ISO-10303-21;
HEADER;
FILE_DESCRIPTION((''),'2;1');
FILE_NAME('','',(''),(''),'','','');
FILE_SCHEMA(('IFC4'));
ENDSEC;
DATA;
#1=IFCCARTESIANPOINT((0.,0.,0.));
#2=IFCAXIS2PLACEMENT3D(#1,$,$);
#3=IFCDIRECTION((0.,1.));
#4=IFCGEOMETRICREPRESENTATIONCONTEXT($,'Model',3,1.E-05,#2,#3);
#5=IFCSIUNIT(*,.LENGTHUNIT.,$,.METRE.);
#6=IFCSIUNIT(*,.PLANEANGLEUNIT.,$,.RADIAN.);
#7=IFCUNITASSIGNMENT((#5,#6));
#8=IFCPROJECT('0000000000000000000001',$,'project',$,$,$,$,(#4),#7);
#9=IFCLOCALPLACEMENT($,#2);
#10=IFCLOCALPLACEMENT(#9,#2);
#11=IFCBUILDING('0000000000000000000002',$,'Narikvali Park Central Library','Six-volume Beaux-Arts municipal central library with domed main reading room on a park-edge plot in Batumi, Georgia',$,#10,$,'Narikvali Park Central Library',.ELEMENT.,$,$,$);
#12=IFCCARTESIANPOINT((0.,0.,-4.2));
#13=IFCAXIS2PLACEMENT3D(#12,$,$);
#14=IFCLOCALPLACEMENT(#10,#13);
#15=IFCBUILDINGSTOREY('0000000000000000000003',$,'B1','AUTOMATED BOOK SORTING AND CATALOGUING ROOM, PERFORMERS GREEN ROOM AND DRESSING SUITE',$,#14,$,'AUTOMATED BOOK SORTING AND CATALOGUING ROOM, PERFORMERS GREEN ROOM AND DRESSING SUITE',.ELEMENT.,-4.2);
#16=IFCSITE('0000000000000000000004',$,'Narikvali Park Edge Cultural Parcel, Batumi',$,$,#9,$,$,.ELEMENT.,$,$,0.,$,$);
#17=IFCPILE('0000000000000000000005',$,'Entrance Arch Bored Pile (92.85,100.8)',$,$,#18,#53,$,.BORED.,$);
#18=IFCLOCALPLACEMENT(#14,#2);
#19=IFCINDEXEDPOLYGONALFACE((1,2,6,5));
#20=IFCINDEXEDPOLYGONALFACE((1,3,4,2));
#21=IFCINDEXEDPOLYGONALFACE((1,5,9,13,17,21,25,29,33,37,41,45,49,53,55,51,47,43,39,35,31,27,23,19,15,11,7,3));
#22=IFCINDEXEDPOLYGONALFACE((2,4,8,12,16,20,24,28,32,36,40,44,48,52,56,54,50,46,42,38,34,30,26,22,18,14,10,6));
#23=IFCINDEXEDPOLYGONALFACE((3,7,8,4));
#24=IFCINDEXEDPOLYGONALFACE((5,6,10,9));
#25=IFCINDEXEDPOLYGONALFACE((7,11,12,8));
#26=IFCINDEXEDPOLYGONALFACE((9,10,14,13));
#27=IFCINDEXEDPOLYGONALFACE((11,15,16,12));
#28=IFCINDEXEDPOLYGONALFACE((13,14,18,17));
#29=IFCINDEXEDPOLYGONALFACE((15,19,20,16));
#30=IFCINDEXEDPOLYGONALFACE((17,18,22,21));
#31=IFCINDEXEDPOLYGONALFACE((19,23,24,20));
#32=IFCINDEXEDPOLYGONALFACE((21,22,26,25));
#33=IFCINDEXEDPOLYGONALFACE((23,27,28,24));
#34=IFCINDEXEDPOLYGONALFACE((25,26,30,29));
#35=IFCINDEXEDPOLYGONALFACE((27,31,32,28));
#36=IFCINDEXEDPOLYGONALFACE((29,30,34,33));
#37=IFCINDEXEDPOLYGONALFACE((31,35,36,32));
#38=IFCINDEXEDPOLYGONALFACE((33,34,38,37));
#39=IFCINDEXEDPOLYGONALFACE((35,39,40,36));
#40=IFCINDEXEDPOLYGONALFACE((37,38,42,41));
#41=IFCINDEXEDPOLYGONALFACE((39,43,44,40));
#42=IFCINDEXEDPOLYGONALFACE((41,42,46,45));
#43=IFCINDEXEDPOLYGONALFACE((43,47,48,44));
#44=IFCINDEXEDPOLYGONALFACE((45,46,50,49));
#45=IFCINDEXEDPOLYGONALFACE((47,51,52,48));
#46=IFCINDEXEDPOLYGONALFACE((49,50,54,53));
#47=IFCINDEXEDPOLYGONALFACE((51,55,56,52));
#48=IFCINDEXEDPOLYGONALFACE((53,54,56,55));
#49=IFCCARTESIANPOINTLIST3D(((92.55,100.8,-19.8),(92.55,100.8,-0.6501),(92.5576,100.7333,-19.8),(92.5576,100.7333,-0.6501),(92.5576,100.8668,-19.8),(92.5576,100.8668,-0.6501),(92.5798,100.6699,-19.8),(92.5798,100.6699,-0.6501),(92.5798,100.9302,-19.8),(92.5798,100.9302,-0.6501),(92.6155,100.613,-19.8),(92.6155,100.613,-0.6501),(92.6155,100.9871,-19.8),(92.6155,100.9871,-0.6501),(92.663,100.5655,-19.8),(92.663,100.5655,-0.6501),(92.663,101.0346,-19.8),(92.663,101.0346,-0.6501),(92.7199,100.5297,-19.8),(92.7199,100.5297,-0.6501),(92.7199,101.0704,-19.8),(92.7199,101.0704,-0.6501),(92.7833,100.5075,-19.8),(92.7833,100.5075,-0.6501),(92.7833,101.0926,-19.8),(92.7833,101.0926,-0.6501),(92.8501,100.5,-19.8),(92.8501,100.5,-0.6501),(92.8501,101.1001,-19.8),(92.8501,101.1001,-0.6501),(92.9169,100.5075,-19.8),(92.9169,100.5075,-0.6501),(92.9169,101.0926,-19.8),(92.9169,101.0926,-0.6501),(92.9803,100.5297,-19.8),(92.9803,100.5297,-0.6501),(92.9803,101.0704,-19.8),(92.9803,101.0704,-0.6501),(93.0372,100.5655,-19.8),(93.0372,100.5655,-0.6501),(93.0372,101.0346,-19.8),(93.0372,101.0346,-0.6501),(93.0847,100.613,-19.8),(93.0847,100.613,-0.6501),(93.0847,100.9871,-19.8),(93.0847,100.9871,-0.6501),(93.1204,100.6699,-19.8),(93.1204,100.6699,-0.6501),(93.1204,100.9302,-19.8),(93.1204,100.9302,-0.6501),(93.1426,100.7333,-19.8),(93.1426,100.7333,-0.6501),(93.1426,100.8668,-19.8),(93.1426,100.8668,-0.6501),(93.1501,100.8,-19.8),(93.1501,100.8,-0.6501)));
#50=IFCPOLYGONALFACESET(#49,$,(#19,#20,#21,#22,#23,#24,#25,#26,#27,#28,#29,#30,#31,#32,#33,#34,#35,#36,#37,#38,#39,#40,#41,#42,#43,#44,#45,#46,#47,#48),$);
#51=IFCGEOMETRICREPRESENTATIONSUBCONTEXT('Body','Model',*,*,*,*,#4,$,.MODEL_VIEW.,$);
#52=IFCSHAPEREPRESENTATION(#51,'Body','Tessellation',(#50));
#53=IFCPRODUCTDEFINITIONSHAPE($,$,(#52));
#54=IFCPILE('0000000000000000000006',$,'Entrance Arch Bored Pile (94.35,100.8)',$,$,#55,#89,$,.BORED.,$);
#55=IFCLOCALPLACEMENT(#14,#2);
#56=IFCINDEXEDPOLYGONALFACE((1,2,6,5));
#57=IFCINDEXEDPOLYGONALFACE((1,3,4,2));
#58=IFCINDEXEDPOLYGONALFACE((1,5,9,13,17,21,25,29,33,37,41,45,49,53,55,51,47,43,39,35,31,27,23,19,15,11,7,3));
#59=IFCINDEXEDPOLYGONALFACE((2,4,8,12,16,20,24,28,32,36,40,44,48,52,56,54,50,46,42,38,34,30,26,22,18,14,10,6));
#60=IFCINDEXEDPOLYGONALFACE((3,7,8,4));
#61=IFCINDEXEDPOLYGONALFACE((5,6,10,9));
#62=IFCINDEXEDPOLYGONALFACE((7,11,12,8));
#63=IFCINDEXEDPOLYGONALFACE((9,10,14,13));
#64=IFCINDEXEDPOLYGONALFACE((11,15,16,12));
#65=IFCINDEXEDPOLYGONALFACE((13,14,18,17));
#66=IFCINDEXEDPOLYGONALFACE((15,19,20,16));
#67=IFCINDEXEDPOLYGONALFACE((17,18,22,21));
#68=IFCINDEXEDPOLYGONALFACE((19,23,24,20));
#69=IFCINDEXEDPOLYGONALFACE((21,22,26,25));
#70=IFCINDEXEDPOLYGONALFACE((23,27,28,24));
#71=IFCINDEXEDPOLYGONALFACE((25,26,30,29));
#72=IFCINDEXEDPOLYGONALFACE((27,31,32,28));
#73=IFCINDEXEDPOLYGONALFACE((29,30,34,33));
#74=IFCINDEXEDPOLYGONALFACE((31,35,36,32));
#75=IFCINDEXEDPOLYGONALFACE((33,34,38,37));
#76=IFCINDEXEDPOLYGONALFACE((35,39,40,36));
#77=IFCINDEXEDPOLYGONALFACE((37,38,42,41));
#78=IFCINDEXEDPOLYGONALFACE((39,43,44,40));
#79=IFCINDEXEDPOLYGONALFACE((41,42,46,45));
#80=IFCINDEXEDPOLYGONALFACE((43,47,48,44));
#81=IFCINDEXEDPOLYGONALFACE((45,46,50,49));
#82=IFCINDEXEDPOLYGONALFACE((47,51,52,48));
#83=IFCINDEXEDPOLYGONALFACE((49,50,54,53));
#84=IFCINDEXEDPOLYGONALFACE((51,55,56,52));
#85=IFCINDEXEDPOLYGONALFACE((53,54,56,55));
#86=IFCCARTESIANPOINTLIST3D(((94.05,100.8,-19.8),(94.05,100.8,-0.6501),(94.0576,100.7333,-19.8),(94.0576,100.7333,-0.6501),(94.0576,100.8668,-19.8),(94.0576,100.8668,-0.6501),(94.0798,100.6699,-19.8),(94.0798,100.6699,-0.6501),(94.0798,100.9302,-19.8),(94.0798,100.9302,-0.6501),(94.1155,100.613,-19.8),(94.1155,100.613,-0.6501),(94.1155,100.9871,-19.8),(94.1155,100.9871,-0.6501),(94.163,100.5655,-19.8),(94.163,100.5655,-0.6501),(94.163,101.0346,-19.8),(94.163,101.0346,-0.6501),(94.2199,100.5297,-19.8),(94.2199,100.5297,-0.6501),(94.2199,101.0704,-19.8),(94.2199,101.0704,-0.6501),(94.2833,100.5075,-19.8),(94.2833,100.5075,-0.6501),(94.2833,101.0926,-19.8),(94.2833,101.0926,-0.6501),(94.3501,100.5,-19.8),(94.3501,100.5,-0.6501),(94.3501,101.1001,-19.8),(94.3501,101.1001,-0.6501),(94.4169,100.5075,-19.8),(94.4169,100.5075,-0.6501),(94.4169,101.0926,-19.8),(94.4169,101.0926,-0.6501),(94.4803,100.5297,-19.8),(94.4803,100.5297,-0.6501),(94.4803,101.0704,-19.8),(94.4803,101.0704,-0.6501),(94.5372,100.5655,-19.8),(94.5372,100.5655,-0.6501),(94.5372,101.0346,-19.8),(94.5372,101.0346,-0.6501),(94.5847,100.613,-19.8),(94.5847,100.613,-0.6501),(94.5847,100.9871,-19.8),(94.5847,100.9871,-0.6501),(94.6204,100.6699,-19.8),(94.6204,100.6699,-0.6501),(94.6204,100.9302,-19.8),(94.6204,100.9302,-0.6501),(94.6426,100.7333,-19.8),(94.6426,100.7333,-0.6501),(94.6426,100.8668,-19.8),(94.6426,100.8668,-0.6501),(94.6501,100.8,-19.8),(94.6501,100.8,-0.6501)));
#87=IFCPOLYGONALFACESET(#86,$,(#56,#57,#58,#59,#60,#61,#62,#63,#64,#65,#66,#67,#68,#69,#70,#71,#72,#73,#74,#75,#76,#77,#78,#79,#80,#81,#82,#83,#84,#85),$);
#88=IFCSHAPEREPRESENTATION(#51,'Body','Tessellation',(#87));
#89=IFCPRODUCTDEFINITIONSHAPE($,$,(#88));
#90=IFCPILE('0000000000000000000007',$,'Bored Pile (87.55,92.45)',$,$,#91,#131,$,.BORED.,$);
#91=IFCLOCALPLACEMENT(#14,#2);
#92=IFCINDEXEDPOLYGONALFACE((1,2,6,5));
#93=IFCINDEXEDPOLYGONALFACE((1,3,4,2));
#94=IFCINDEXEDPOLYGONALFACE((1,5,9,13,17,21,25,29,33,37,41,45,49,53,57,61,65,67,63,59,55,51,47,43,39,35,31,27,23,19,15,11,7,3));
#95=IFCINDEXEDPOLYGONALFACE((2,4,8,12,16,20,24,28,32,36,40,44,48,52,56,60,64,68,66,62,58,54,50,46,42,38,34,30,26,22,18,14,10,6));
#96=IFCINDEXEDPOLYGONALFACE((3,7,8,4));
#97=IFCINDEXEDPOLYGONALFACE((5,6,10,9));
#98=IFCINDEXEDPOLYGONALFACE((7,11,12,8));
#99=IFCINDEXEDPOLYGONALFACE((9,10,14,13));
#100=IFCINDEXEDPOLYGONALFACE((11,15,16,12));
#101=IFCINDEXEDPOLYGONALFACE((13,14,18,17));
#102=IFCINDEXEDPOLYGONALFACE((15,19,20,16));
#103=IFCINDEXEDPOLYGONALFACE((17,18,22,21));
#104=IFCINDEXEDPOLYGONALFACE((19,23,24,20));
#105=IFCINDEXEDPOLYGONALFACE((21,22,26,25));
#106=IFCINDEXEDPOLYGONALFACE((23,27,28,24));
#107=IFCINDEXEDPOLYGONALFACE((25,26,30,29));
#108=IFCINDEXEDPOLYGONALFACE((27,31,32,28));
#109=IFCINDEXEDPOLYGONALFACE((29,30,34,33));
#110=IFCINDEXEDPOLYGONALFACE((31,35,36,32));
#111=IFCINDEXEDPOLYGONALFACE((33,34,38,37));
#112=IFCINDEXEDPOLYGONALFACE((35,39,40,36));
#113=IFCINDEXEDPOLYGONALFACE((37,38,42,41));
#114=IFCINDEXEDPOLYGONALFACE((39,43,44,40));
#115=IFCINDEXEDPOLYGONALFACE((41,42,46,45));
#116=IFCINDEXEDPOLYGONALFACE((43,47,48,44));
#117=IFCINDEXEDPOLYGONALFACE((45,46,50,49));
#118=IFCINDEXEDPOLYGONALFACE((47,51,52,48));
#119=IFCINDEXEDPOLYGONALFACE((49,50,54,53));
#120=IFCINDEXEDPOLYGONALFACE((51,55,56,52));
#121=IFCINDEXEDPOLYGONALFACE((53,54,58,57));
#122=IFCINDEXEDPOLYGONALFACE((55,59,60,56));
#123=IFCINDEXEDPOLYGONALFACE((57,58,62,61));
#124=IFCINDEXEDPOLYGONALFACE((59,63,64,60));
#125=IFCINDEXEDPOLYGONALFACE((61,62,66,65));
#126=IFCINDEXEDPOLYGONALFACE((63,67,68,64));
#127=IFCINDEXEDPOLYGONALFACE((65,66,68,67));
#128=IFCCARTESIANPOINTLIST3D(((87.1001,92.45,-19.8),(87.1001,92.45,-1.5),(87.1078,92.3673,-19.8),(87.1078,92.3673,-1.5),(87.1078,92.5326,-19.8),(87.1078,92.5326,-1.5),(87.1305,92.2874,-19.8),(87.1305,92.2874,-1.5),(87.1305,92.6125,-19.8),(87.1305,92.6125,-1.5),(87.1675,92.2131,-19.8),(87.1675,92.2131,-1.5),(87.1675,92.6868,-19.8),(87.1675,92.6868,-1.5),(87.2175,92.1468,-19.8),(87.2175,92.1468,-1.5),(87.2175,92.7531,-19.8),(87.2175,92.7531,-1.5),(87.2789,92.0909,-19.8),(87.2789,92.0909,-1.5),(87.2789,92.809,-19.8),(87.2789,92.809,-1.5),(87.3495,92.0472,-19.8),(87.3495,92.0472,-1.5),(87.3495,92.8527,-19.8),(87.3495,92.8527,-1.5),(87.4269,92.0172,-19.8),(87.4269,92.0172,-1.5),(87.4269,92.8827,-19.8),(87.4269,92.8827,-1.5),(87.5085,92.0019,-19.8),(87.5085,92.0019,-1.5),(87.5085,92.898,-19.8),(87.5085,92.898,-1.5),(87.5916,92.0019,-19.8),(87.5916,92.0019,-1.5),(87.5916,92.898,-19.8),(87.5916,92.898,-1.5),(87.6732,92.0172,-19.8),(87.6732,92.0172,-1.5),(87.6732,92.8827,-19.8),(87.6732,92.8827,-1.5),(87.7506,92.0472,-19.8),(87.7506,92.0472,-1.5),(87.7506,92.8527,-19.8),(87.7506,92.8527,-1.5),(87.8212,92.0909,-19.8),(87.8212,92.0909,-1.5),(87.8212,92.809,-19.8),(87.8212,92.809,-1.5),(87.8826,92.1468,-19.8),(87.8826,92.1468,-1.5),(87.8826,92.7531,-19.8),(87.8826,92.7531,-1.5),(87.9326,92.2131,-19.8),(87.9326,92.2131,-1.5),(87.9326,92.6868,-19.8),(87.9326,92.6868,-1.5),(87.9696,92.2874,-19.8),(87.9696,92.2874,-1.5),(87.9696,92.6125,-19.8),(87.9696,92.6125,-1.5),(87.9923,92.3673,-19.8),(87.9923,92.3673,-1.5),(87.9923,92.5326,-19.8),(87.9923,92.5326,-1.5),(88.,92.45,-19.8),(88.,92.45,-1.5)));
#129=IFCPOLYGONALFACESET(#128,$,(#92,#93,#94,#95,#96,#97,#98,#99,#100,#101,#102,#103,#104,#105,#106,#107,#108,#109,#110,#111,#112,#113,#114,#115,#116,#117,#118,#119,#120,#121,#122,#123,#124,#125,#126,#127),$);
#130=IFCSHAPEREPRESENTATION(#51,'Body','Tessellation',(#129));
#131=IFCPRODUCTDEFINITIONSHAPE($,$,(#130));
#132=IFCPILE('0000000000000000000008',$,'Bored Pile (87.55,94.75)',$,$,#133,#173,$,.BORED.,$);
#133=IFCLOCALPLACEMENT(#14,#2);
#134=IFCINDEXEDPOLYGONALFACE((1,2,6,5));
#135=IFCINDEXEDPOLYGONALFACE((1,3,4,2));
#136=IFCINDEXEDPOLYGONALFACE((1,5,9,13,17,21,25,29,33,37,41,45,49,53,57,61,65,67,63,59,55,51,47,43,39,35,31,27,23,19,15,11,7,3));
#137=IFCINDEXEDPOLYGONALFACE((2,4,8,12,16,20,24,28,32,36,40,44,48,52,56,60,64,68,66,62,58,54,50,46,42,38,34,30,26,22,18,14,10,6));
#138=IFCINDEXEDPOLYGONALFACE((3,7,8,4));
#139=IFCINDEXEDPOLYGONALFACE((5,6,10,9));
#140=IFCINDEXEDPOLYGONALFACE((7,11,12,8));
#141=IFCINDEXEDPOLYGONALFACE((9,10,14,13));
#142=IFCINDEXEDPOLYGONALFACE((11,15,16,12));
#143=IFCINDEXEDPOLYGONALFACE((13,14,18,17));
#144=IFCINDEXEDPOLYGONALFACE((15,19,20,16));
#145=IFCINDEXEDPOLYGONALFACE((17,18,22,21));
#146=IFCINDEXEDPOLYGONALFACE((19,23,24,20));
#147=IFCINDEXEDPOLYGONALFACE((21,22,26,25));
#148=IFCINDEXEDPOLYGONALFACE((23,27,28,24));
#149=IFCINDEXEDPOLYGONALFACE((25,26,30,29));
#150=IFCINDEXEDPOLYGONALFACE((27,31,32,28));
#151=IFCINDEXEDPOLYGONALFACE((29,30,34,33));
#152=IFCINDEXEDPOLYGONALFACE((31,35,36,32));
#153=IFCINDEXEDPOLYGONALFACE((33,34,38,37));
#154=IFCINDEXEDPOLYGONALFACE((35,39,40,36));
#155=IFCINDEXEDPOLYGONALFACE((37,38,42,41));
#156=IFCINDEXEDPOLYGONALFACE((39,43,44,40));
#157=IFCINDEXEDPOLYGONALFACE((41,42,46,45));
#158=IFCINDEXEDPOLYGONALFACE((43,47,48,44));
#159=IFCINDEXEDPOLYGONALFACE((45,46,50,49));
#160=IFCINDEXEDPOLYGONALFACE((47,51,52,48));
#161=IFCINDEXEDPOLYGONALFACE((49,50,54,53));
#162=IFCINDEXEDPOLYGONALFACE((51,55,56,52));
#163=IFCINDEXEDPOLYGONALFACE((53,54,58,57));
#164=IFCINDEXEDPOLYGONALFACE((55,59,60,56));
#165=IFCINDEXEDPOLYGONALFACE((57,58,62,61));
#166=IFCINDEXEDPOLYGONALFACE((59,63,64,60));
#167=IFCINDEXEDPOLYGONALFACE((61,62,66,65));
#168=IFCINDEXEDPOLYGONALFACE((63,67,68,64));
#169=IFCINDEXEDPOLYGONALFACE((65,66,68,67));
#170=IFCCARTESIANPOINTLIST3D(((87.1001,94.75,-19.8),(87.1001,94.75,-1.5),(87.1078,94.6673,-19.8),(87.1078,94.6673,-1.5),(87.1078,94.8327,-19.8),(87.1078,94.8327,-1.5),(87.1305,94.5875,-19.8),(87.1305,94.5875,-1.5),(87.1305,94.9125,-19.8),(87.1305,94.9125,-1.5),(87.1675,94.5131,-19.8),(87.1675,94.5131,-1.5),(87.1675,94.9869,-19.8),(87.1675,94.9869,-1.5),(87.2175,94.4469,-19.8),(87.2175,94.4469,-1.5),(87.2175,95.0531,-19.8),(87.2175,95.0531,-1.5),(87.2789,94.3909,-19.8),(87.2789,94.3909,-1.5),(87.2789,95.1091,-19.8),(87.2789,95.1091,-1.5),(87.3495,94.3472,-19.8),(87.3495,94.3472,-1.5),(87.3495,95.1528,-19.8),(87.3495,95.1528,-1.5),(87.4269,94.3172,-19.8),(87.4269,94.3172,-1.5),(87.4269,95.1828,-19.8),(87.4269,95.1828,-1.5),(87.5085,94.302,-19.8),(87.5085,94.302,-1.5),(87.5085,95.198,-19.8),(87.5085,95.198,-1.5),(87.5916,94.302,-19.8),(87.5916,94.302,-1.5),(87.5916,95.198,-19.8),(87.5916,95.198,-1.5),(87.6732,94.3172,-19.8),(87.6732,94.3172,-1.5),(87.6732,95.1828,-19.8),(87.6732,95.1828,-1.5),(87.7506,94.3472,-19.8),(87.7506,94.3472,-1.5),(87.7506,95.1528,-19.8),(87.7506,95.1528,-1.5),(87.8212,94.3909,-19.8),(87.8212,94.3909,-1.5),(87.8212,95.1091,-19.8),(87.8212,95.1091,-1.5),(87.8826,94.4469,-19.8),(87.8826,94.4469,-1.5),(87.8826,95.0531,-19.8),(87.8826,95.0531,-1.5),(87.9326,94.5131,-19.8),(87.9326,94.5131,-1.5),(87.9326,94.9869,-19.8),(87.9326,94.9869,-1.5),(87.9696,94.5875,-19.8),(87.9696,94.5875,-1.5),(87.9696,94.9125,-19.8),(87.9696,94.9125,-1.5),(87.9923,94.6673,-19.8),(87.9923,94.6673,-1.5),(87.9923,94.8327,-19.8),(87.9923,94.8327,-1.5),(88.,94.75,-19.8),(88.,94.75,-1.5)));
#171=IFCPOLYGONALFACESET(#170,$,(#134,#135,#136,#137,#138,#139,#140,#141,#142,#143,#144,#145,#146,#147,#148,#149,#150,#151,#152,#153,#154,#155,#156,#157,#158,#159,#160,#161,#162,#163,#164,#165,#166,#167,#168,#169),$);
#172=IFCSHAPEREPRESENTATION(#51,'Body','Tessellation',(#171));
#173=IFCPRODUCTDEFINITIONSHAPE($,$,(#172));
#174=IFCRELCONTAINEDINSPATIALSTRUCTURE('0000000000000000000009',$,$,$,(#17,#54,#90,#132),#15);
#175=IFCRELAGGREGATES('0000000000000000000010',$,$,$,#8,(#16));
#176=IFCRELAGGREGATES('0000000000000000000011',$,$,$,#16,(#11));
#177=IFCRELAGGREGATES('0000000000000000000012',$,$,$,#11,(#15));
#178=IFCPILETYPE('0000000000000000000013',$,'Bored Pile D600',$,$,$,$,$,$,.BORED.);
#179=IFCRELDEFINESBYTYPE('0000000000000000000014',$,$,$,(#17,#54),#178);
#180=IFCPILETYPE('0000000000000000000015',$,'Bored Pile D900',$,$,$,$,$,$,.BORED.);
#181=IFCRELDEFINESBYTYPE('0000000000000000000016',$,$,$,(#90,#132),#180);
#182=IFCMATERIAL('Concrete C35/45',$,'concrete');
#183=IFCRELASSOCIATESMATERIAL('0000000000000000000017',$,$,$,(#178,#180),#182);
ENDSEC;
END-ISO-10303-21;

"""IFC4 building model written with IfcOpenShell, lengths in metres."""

from ifc_helpers import new_model, si_unit, direction, frame, origin, origin_2d, place, context, subcontext, project, spatial, circle, extrude, material, material_profile, profile_set, type_object, element, save


model = new_model("IFC4")

# Units and contexts
model_context = context("Model", 3, precision=1e-05, world=origin(), true_north=direction((0.0, 1.0)))
body_context = subcontext(model_context, "Body", "Model", "MODEL_VIEW")
ifc_project = project(units=[si_unit("LENGTHUNIT", "METRE"), si_unit("PLANEANGLEUNIT", "RADIAN")], contexts=[model_context])

# Site, building, storey
site_placement = place(None, origin())
site = spatial("IfcSite", under=ifc_project, at=site_placement, Name="Narikvali Park Edge Cultural Parcel, Batumi", CompositionType="ELEMENT", RefElevation=0.0)
building_placement = place(site_placement, origin())
building = spatial("IfcBuilding", under=site, at=building_placement, Name="Narikvali Park Central Library", Description="Six-volume Beaux-Arts municipal central library with domed main reading room on a park-edge plot in Batumi, Georgia", LongName="Narikvali Park Central Library", CompositionType="ELEMENT")
storey_placement = place(building_placement, frame((0.0, 0.0, -4.2)))
storey = spatial("IfcBuildingStorey", under=building, at=storey_placement, Name="B1", Description="AUTOMATED BOOK SORTING AND CATALOGUING ROOM, PERFORMERS GREEN ROOM AND DRESSING SUITE", LongName="AUTOMATED BOOK SORTING AND CATALOGUING ROOM, PERFORMERS GREEN ROOM AND DRESSING SUITE", CompositionType="ELEMENT", Elevation=-4.2)

# Piles
ifc_material_1 = material(Name="Concrete C35/45", Category="concrete")
ifc_material_profile_1 = material_profile(ifc_material_1, circle(Radius=0.3, at=origin_2d()), Name="PILE D600")
ifc_profile_set_1 = profile_set([ifc_material_profile_1], Name="Concrete C35/45")
pile_type_1 = type_object("IfcPileType", Name="Bored Pile D600", PredefinedType="BORED", material=ifc_profile_set_1)
for number, where, z_axis, x_axis, name in (
    (1, (92.8501, 100.8, -0.6501), (0.0, 0.0, -1.0), (1.0, 0.0, 0.0), "Entrance Arch Bored Pile (92.85,100.8)"),
    (2, (94.3501, 100.8, -0.6501), (0.0, 0.0, -1.0), (1.0, 0.0, 0.0), "Entrance Arch Bored Pile (94.35,100.8)"),
):
    element("IfcPile", number, at=place(storey_placement, frame(where, z_axis=z_axis, x_axis=x_axis)), inside=storey, type_object=pile_type_1, Name=name, PredefinedType="BORED", context=body_context, shape_type="SweptSolid", body=[
        extrude(circle(Radius=0.3, at=origin_2d()), origin(), (0.0, 0.0, 1.0), 19.1499),
    ])
ifc_material_profile_2 = material_profile(ifc_material_1, circle(Radius=0.45, at=origin_2d()), Name="PILE D900")
ifc_profile_set_2 = profile_set([ifc_material_profile_2], Name="Concrete C35/45")
pile_type_2 = type_object("IfcPileType", Name="Bored Pile D900", PredefinedType="BORED", material=ifc_profile_set_2)
for number, where, z_axis, x_axis, name in (
    (3, (87.55, 92.45, -1.5), (0.0, 0.0, -1.0), (1.0, 0.0, 0.0), "Bored Pile (87.55,92.45)"),
    (4, (87.55, 94.75, -1.5), (0.0, 0.0, -1.0), (1.0, 0.0, 0.0), "Bored Pile (87.55,94.75)"),
):
    element("IfcPile", number, at=place(storey_placement, frame(where, z_axis=z_axis, x_axis=x_axis)), inside=storey, type_object=pile_type_2, Name=name, PredefinedType="BORED", context=body_context, shape_type="SweptSolid", body=[
        extrude(circle(Radius=0.45, at=origin_2d()), origin(), (0.0, 0.0, 1.0), 18.3),
    ])

save(model, "model.ifc")
